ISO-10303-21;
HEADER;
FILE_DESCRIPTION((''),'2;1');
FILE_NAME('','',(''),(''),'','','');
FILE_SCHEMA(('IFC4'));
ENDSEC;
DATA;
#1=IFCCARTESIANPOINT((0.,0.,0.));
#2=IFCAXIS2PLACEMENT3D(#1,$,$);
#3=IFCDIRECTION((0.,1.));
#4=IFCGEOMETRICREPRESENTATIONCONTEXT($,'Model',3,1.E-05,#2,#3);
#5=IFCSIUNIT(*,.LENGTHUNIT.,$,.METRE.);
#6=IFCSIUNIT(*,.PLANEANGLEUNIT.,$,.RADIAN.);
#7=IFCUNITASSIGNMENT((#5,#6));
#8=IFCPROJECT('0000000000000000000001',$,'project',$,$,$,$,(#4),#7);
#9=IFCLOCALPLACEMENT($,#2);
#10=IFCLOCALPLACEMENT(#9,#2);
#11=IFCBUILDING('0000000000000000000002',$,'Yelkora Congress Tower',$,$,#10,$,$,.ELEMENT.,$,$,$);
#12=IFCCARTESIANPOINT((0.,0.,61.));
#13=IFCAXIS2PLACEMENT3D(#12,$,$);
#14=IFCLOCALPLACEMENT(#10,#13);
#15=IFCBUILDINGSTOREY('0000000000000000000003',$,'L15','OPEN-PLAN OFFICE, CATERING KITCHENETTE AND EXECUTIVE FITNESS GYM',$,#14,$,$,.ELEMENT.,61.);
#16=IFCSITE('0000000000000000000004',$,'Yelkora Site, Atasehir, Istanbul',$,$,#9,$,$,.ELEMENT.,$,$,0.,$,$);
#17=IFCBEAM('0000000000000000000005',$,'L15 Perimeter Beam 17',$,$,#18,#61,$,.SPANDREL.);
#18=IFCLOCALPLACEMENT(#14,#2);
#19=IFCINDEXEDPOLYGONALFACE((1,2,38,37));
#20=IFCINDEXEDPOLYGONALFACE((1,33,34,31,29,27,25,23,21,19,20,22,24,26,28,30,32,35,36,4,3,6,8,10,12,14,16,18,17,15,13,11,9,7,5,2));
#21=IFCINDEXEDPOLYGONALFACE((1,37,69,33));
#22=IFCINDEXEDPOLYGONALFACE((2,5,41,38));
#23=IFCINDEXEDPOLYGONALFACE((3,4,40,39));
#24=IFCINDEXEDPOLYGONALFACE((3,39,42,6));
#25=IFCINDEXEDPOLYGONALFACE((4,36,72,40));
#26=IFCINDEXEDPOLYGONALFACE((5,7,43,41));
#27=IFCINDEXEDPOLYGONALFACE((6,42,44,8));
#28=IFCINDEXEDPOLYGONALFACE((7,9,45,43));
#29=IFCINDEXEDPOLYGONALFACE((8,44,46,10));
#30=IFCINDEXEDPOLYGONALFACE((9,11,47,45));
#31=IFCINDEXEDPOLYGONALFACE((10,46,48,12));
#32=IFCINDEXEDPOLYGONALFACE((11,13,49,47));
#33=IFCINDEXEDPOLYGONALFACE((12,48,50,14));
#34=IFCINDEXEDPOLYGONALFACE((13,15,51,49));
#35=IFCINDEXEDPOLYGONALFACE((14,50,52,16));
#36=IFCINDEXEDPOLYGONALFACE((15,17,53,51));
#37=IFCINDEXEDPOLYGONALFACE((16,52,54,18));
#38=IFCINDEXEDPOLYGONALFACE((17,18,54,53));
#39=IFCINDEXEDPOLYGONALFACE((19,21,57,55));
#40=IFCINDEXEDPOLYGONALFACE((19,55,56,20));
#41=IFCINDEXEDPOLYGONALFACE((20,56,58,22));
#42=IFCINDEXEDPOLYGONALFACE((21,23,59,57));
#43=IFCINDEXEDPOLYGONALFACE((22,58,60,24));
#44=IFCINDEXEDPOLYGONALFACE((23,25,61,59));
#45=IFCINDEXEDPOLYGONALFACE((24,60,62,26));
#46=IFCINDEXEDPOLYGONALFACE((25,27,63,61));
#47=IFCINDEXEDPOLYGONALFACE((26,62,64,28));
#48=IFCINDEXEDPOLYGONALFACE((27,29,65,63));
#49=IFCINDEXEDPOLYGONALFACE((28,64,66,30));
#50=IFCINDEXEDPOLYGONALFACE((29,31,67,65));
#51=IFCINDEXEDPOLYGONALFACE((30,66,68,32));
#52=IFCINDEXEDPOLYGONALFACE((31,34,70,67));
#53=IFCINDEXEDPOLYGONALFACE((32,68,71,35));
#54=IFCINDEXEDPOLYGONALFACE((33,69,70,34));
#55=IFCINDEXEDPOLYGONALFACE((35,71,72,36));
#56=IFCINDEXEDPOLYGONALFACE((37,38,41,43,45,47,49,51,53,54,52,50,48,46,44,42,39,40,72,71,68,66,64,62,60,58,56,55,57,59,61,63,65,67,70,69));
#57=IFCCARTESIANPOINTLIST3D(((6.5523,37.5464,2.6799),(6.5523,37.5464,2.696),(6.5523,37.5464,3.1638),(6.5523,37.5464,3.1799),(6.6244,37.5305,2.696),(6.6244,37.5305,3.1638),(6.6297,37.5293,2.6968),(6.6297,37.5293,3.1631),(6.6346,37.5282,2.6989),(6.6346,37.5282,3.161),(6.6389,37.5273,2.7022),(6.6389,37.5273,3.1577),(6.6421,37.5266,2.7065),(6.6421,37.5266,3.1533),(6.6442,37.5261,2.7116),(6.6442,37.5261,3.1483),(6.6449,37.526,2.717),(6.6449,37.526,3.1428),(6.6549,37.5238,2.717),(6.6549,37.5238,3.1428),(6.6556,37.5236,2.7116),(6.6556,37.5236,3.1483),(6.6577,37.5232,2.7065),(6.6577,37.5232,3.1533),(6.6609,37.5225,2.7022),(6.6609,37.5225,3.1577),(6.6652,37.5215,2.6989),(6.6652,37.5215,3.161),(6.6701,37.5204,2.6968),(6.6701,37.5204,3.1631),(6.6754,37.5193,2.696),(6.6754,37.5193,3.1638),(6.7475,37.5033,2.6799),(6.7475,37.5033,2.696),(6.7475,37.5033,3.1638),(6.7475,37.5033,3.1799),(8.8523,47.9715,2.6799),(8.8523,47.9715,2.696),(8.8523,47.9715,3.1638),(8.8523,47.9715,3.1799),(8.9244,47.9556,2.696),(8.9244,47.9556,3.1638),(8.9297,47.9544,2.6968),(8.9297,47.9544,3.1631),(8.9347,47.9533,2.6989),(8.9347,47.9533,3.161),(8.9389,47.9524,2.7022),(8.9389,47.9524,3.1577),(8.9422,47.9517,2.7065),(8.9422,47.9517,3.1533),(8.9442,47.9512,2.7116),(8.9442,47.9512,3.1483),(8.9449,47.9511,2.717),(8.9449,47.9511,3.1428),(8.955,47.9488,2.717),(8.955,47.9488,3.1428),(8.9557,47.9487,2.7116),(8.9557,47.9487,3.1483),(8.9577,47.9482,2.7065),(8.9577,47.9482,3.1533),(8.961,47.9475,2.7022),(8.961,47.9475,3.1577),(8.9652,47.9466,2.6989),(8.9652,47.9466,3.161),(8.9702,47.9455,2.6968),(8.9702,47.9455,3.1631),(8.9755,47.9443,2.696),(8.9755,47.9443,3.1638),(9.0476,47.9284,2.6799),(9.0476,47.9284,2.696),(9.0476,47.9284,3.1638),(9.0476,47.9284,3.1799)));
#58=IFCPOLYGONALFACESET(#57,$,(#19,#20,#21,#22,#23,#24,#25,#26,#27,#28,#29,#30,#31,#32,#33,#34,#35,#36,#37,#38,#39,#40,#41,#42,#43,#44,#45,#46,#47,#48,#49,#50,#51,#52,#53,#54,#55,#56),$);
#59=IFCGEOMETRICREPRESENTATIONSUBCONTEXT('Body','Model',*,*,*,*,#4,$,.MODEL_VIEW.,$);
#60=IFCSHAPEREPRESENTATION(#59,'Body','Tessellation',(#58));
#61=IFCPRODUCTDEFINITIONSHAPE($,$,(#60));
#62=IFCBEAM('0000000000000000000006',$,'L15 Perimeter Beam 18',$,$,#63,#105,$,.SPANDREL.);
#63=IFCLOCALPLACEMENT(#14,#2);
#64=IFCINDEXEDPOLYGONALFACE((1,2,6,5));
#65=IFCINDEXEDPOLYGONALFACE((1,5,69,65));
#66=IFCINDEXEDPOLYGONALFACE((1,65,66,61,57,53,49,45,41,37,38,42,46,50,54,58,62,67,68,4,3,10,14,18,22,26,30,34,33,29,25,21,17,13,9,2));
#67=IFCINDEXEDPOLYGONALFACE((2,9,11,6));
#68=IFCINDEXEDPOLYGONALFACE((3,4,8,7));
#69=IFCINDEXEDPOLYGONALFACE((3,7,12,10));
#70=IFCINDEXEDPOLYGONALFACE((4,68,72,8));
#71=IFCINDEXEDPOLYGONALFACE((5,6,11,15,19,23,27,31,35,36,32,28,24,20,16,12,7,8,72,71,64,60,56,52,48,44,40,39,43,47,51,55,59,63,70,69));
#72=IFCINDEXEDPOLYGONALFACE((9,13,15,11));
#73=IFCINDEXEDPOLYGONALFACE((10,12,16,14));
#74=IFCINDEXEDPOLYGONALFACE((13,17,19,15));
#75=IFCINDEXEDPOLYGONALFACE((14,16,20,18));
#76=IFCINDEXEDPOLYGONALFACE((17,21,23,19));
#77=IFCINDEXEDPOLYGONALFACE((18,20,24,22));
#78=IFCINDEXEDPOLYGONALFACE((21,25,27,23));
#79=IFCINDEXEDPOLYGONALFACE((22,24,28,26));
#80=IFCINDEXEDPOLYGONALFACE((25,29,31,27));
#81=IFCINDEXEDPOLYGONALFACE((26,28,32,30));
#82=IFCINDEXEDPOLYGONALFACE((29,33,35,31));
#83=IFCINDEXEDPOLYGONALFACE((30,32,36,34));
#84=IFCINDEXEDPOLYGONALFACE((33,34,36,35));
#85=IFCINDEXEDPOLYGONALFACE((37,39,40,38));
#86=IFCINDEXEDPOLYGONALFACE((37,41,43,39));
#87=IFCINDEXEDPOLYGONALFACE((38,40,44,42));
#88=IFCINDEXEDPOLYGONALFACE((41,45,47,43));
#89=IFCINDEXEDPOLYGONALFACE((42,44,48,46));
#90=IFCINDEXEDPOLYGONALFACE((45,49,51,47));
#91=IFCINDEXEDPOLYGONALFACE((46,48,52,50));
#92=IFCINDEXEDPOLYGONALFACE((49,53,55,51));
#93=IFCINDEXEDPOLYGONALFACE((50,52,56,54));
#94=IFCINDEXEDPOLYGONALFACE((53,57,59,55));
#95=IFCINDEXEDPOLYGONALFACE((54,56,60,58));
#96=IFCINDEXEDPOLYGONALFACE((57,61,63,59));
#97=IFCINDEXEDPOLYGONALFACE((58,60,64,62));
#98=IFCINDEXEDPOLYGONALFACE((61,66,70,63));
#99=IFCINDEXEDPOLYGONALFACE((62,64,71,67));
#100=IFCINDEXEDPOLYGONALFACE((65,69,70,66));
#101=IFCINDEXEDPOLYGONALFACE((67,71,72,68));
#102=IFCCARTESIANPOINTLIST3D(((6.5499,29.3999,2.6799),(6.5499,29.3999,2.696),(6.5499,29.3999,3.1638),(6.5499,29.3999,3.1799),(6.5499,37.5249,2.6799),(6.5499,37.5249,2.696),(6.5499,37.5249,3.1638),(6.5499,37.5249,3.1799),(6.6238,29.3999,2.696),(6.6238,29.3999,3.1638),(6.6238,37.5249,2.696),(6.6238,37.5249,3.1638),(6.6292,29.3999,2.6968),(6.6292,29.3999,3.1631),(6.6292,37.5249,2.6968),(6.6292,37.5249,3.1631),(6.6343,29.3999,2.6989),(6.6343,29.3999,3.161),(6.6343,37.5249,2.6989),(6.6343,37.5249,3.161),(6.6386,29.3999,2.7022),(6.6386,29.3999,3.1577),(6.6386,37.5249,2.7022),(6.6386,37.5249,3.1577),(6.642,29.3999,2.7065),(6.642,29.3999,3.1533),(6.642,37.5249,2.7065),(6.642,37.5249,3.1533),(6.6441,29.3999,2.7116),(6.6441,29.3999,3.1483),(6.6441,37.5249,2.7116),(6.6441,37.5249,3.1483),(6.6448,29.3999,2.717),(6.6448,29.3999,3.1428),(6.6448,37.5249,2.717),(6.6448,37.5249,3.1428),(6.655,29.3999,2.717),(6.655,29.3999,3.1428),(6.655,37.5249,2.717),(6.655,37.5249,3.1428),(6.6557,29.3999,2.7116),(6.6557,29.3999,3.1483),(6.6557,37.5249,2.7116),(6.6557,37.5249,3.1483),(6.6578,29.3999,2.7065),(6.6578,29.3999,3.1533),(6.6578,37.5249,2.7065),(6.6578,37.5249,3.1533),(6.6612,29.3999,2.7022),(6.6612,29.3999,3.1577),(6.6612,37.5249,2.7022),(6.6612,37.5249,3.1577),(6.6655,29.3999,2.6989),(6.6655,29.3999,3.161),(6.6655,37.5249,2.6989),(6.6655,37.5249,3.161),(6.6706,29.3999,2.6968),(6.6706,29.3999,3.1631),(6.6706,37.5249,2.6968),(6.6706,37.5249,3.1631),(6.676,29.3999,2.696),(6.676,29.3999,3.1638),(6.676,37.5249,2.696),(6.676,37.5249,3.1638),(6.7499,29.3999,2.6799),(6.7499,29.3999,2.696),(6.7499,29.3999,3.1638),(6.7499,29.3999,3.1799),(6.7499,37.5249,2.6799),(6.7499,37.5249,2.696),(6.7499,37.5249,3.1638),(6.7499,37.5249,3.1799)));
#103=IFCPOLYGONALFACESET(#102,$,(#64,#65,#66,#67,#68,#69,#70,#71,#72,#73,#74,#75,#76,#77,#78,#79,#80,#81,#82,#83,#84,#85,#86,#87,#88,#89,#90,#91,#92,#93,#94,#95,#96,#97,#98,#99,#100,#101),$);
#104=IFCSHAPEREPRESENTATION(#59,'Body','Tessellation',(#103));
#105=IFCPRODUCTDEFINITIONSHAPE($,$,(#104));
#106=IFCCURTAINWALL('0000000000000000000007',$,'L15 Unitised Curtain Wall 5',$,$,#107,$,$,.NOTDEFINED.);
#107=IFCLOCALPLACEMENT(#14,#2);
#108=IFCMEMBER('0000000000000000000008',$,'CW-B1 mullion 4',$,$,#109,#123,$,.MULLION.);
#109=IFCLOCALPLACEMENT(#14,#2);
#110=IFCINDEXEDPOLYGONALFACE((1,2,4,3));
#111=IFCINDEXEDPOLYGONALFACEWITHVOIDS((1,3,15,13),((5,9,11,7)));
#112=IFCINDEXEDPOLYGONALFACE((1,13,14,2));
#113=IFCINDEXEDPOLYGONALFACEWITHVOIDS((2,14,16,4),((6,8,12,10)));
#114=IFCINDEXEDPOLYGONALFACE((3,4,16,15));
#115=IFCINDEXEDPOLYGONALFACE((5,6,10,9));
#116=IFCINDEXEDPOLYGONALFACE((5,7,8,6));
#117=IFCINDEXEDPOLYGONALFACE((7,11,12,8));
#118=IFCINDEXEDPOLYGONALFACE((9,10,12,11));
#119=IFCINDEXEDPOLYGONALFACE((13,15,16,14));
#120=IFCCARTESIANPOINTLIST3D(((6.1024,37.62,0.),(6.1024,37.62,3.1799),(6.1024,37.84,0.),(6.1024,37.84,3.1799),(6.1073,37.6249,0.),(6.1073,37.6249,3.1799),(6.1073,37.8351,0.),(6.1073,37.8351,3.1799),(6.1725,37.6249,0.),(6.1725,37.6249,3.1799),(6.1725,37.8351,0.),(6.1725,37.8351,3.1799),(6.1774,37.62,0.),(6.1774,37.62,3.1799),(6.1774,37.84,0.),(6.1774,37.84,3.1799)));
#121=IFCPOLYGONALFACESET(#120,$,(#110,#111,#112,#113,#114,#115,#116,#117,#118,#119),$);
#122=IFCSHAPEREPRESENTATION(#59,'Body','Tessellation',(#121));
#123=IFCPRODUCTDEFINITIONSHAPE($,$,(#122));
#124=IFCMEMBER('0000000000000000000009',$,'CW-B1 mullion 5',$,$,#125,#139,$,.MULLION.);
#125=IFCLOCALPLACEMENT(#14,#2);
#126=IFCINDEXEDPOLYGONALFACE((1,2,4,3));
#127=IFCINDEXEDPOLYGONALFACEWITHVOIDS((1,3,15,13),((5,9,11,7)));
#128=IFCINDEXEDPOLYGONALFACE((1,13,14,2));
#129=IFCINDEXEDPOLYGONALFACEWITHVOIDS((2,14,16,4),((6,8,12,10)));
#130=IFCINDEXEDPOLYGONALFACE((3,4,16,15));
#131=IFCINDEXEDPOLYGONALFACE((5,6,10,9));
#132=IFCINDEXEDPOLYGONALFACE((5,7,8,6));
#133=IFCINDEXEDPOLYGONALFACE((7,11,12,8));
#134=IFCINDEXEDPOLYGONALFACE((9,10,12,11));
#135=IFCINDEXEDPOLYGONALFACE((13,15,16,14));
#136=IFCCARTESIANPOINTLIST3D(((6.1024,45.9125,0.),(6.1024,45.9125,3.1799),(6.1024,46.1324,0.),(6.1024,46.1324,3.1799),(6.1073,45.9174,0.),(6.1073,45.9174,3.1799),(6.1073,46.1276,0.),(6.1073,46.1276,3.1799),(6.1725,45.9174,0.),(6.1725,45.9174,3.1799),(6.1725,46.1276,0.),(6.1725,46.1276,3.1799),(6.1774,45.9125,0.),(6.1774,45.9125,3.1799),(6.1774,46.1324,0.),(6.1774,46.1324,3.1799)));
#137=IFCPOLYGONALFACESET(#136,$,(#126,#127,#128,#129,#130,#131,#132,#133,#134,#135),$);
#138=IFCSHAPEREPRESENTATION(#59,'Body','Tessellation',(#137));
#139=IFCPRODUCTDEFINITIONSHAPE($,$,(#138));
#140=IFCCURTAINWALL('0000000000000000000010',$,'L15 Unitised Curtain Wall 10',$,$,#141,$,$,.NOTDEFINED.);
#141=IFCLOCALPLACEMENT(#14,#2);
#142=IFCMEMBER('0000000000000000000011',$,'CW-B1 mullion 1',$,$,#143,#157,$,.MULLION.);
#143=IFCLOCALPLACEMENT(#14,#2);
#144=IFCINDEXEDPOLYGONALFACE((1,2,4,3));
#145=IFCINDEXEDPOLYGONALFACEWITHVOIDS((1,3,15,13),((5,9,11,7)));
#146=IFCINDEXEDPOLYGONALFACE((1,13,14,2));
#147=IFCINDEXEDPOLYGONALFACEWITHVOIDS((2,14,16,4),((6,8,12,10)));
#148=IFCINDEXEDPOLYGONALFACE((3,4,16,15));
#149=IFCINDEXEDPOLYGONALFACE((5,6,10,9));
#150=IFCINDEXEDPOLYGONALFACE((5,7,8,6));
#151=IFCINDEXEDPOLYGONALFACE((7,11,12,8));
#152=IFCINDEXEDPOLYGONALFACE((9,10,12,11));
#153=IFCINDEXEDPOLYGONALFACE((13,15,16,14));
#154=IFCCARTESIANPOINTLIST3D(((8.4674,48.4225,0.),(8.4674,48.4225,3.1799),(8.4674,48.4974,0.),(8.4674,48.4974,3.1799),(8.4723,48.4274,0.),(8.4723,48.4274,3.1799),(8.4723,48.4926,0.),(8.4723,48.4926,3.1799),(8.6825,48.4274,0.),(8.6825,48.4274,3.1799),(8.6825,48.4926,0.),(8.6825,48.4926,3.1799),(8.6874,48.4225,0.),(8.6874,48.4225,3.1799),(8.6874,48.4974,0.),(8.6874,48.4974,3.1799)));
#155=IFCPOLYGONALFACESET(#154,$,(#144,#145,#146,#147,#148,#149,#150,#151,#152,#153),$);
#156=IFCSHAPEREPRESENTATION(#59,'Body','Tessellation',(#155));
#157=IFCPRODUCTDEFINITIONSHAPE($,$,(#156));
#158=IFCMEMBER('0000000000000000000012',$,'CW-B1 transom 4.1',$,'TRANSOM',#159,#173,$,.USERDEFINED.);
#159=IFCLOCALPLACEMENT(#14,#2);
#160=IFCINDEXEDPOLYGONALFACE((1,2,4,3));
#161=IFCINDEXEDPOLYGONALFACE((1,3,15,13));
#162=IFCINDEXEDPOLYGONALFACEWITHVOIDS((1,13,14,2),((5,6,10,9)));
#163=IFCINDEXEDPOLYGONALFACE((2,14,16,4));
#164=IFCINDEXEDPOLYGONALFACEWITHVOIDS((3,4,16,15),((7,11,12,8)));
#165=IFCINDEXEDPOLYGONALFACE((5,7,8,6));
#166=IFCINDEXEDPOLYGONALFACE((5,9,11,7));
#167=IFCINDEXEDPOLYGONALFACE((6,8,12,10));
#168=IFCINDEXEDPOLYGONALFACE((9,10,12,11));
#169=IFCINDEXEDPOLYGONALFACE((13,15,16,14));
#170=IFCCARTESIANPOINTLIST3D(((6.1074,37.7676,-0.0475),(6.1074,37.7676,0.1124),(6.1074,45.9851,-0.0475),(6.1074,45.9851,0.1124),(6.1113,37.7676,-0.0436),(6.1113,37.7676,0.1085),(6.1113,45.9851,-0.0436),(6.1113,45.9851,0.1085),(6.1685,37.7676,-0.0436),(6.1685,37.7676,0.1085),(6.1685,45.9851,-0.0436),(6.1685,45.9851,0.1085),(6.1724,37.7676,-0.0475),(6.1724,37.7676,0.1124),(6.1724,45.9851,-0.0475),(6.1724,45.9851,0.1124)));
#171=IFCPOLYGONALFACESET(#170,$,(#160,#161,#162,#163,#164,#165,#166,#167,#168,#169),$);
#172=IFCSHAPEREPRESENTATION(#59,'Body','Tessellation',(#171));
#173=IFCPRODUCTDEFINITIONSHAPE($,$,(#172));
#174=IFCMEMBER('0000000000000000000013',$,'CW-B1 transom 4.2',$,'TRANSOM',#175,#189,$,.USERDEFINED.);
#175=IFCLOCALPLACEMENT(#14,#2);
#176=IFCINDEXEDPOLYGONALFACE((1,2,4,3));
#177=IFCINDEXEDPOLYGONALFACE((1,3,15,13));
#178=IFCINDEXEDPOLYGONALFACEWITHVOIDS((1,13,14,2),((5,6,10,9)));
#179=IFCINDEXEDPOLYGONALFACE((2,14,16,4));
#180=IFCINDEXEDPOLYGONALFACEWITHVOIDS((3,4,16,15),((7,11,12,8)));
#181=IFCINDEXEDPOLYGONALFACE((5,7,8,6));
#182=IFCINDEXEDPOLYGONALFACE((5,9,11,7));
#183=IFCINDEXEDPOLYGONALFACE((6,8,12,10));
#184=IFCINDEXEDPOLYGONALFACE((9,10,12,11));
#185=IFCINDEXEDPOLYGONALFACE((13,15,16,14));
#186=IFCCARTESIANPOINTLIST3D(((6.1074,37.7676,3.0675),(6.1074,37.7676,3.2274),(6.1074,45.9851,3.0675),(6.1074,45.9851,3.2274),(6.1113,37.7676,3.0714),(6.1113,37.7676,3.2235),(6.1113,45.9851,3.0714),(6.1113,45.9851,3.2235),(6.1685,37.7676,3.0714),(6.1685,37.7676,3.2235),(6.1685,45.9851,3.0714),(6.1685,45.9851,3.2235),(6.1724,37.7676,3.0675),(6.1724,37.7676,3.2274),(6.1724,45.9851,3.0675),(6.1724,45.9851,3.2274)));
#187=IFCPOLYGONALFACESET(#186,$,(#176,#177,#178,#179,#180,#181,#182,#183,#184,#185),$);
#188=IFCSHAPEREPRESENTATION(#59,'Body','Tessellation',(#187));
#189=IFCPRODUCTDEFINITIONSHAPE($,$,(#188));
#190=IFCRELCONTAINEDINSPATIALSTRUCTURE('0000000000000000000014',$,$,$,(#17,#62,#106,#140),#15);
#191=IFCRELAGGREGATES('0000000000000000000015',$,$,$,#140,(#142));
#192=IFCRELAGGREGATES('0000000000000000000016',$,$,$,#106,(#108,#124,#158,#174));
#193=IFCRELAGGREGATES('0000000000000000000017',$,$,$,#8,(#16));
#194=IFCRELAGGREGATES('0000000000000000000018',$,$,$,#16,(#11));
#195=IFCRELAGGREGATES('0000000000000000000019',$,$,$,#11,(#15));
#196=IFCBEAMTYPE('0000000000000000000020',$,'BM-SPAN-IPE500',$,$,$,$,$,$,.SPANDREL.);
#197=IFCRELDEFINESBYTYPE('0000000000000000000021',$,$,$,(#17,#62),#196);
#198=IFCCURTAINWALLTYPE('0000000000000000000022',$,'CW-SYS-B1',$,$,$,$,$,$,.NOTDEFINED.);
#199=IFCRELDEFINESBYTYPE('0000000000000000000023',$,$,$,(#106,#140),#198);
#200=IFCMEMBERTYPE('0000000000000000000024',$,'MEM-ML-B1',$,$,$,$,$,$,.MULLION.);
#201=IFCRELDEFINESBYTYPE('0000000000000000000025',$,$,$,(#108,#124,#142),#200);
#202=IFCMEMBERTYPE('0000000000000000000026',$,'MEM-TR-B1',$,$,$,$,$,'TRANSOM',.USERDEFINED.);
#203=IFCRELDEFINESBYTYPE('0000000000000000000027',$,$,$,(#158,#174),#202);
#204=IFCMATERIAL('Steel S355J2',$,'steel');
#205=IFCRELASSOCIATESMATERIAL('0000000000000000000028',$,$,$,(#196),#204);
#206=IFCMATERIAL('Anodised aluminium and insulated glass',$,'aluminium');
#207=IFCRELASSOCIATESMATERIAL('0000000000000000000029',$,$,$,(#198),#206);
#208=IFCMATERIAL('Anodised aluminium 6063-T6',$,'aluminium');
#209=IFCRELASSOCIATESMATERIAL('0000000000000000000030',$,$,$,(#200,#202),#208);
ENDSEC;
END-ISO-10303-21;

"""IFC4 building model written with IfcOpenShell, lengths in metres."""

from ifc_helpers import new_model, si_unit, direction, frame, origin, origin_2d, place, context, subcontext, project, spatial, hollow_rectangle, i_section, extrude, material, material_profile, profile_set, type_object, element, aggregate, save


model = new_model("IFC4")

# Units and contexts
model_context = context("Model", 3, precision=1e-05, world=origin(), true_north=direction((0.0, 1.0)))
body_context = subcontext(model_context, "Body", "Model", "MODEL_VIEW")
ifc_project = project(units=[si_unit("LENGTHUNIT", "METRE"), si_unit("PLANEANGLEUNIT", "RADIAN")], contexts=[model_context])

# Site, building, storey
site_placement = place(None, origin())
site = spatial("IfcSite", under=ifc_project, at=site_placement, Name="Yelkora Site, Atasehir, Istanbul", CompositionType="ELEMENT", RefElevation=0.0)
building_placement = place(site_placement, origin())
building = spatial("IfcBuilding", under=site, at=building_placement, Name="Yelkora Congress Tower", CompositionType="ELEMENT")
storey_placement = place(building_placement, frame((0.0, 0.0, 61.0)))
storey = spatial("IfcBuildingStorey", under=building, at=storey_placement, Name="L15", Description="OPEN-PLAN OFFICE, CATERING KITCHENETTE AND EXECUTIVE FITNESS GYM", CompositionType="ELEMENT", Elevation=61.0)

# Beams
ifc_material_1 = material(Name="Steel S355J2", Category="steel")
ifc_material_profile_1 = material_profile(ifc_material_1, i_section(OverallWidth=0.2, OverallDepth=0.5, WebThickness=0.0103, FlangeThickness=0.0161, FilletRadius=0.021, at=origin_2d()), Name="IPE 500")
ifc_profile_set_1 = profile_set([ifc_material_profile_1], Name="Steel S355J2")
beam_type_1 = type_object("IfcBeamType", Name="BM-SPAN-IPE500", PredefinedType="SPANDREL", material=ifc_profile_set_1)
beam_1_placement = place(storey_placement, frame((8.95, 47.95, 2.9299), z_axis=(-0.215446, -0.976516, 0.0), x_axis=(0.976516, -0.215446, 0.0)))
element("IfcBeam", 1, at=beam_1_placement, inside=storey, type_object=beam_type_1, Name="L15 Perimeter Beam 17", PredefinedType="SPANDREL", context=body_context, shape_type="SweptSolid", body=[
    extrude(i_section(OverallWidth=0.2, OverallDepth=0.5, WebThickness=0.0103, FlangeThickness=0.0161, FilletRadius=0.021, at=origin_2d()), origin(), (0.0, 0.0, 1.0), 10.6758),
])
beam_2_placement = place(storey_placement, frame((6.6499, 37.5249, 2.9299), z_axis=(0.0, -1.0, 0.0), x_axis=(1.0, 0.0, 0.0)))
element("IfcBeam", 2, at=beam_2_placement, inside=storey, type_object=beam_type_1, Name="L15 Perimeter Beam 18", PredefinedType="SPANDREL", context=body_context, shape_type="SweptSolid", body=[
    extrude(i_section(OverallWidth=0.2, OverallDepth=0.5, WebThickness=0.0103, FlangeThickness=0.0161, FilletRadius=0.021, at=origin_2d()), origin(), (0.0, 0.0, 1.0), 8.125),
])

# Curtain wall, members
ifc_material_2 = material(Name="Anodised aluminium and insulated glass", Category="aluminium")
curtain_wall_type = type_object("IfcCurtainWallType", Name="CW-SYS-B1", PredefinedType="NOTDEFINED", material=ifc_material_2)
curtain_wall_1_placement = place(storey_placement, origin())
curtain_wall_1 = element("IfcCurtainWall", 3, at=curtain_wall_1_placement, inside=storey, type_object=curtain_wall_type, Name="L15 Unitised Curtain Wall 5", PredefinedType="NOTDEFINED")
ifc_material_3 = material(Name="Anodised aluminium 6063-T6", Category="aluminium")
ifc_material_profile_2 = material_profile(ifc_material_3, hollow_rectangle(XDim=0.075, YDim=0.22, WallThickness=0.0049, at=origin_2d()), Name="ALU 75x220x5")
ifc_profile_set_2 = profile_set([ifc_material_profile_2], Name="Anodised aluminium 6063-T6")
member_type_1 = type_object("IfcMemberType", Name="MEM-ML-B1", PredefinedType="MULLION", material=ifc_profile_set_2)
member_1_placement = place(storey_placement, frame((6.1399, 37.73, 0.0), z_axis=(0.0, 0.0, 1.0), x_axis=(-1.0, 0.0, 0.0)))
member_1 = element("IfcMember", 4, at=member_1_placement, type_object=member_type_1, Name="CW-B1 mullion 4", PredefinedType="MULLION", context=body_context, shape_type="SweptSolid", body=[
    extrude(hollow_rectangle(XDim=0.075, YDim=0.22, WallThickness=0.0049, at=origin_2d()), origin(), (0.0, 0.0, 1.0), 3.1799),
])
member_2_placement = place(storey_placement, frame((6.1399, 46.0225, 0.0), z_axis=(0.0, 0.0, 1.0), x_axis=(-1.0, 0.0, 0.0)))
member_2 = element("IfcMember", 5, at=member_2_placement, type_object=member_type_1, Name="CW-B1 mullion 5", PredefinedType="MULLION", context=body_context, shape_type="SweptSolid", body=[
    extrude(hollow_rectangle(XDim=0.075, YDim=0.22, WallThickness=0.0049, at=origin_2d()), origin(), (0.0, 0.0, 1.0), 3.1799),
])

# Curtain wall, member
curtain_wall_2_placement = place(storey_placement, origin())
curtain_wall_2 = element("IfcCurtainWall", 6, at=curtain_wall_2_placement, inside=storey, type_object=curtain_wall_type, Name="L15 Unitised Curtain Wall 10", PredefinedType="NOTDEFINED")
member_3_placement = place(storey_placement, frame((8.5774, 48.46, 0.0), z_axis=(0.0, 0.0, 1.0), x_axis=(0.0, 1.0, 0.0)))
member_3 = element("IfcMember", 7, at=member_3_placement, type_object=member_type_1, Name="CW-B1 mullion 1", PredefinedType="MULLION", context=body_context, shape_type="SweptSolid", body=[
    extrude(hollow_rectangle(XDim=0.075, YDim=0.22, WallThickness=0.0049, at=origin_2d()), origin(), (0.0, 0.0, 1.0), 3.1799),
])

# Members
ifc_material_profile_3 = material_profile(ifc_material_3, hollow_rectangle(XDim=0.0649, YDim=0.1599, WallThickness=0.0039, at=origin_2d()), Name="ALU 65x160x4")
ifc_profile_set_3 = profile_set([ifc_material_profile_3], Name="Anodised aluminium 6063-T6")
member_type_2 = type_object("IfcMemberType", Name="MEM-TR-B1", ElementType="TRANSOM", PredefinedType="USERDEFINED", material=ifc_profile_set_3)
member_4_placement = place(storey_placement, frame((6.1399, 37.7676, 0.0325), z_axis=(0.0, 1.0, 0.0), x_axis=(-1.0, 0.0, 0.0)))
member_4 = element("IfcMember", 8, at=member_4_placement, type_object=member_type_2, Name="CW-B1 transom 4.1", ObjectType="TRANSOM", PredefinedType="USERDEFINED", context=body_context, shape_type="SweptSolid", body=[
    extrude(hollow_rectangle(XDim=0.0649, YDim=0.1599, WallThickness=0.0039, at=origin_2d()), origin(), (0.0, 0.0, 1.0), 8.2175),
])
member_5_placement = place(storey_placement, frame((6.1399, 37.7676, 3.1475), z_axis=(0.0, 1.0, 0.0), x_axis=(-1.0, 0.0, 0.0)))
member_5 = element("IfcMember", 9, at=member_5_placement, type_object=member_type_2, Name="CW-B1 transom 4.2", ObjectType="TRANSOM", PredefinedType="USERDEFINED", context=body_context, shape_type="SweptSolid", body=[
    extrude(hollow_rectangle(XDim=0.0649, YDim=0.1599, WallThickness=0.0039, at=origin_2d()), origin(), (0.0, 0.0, 1.0), 8.2175),
])
aggregate(curtain_wall_2, [member_3])

aggregate(curtain_wall_1, [member_1, member_2, member_4, member_5])

save(model, "model.ifc")
